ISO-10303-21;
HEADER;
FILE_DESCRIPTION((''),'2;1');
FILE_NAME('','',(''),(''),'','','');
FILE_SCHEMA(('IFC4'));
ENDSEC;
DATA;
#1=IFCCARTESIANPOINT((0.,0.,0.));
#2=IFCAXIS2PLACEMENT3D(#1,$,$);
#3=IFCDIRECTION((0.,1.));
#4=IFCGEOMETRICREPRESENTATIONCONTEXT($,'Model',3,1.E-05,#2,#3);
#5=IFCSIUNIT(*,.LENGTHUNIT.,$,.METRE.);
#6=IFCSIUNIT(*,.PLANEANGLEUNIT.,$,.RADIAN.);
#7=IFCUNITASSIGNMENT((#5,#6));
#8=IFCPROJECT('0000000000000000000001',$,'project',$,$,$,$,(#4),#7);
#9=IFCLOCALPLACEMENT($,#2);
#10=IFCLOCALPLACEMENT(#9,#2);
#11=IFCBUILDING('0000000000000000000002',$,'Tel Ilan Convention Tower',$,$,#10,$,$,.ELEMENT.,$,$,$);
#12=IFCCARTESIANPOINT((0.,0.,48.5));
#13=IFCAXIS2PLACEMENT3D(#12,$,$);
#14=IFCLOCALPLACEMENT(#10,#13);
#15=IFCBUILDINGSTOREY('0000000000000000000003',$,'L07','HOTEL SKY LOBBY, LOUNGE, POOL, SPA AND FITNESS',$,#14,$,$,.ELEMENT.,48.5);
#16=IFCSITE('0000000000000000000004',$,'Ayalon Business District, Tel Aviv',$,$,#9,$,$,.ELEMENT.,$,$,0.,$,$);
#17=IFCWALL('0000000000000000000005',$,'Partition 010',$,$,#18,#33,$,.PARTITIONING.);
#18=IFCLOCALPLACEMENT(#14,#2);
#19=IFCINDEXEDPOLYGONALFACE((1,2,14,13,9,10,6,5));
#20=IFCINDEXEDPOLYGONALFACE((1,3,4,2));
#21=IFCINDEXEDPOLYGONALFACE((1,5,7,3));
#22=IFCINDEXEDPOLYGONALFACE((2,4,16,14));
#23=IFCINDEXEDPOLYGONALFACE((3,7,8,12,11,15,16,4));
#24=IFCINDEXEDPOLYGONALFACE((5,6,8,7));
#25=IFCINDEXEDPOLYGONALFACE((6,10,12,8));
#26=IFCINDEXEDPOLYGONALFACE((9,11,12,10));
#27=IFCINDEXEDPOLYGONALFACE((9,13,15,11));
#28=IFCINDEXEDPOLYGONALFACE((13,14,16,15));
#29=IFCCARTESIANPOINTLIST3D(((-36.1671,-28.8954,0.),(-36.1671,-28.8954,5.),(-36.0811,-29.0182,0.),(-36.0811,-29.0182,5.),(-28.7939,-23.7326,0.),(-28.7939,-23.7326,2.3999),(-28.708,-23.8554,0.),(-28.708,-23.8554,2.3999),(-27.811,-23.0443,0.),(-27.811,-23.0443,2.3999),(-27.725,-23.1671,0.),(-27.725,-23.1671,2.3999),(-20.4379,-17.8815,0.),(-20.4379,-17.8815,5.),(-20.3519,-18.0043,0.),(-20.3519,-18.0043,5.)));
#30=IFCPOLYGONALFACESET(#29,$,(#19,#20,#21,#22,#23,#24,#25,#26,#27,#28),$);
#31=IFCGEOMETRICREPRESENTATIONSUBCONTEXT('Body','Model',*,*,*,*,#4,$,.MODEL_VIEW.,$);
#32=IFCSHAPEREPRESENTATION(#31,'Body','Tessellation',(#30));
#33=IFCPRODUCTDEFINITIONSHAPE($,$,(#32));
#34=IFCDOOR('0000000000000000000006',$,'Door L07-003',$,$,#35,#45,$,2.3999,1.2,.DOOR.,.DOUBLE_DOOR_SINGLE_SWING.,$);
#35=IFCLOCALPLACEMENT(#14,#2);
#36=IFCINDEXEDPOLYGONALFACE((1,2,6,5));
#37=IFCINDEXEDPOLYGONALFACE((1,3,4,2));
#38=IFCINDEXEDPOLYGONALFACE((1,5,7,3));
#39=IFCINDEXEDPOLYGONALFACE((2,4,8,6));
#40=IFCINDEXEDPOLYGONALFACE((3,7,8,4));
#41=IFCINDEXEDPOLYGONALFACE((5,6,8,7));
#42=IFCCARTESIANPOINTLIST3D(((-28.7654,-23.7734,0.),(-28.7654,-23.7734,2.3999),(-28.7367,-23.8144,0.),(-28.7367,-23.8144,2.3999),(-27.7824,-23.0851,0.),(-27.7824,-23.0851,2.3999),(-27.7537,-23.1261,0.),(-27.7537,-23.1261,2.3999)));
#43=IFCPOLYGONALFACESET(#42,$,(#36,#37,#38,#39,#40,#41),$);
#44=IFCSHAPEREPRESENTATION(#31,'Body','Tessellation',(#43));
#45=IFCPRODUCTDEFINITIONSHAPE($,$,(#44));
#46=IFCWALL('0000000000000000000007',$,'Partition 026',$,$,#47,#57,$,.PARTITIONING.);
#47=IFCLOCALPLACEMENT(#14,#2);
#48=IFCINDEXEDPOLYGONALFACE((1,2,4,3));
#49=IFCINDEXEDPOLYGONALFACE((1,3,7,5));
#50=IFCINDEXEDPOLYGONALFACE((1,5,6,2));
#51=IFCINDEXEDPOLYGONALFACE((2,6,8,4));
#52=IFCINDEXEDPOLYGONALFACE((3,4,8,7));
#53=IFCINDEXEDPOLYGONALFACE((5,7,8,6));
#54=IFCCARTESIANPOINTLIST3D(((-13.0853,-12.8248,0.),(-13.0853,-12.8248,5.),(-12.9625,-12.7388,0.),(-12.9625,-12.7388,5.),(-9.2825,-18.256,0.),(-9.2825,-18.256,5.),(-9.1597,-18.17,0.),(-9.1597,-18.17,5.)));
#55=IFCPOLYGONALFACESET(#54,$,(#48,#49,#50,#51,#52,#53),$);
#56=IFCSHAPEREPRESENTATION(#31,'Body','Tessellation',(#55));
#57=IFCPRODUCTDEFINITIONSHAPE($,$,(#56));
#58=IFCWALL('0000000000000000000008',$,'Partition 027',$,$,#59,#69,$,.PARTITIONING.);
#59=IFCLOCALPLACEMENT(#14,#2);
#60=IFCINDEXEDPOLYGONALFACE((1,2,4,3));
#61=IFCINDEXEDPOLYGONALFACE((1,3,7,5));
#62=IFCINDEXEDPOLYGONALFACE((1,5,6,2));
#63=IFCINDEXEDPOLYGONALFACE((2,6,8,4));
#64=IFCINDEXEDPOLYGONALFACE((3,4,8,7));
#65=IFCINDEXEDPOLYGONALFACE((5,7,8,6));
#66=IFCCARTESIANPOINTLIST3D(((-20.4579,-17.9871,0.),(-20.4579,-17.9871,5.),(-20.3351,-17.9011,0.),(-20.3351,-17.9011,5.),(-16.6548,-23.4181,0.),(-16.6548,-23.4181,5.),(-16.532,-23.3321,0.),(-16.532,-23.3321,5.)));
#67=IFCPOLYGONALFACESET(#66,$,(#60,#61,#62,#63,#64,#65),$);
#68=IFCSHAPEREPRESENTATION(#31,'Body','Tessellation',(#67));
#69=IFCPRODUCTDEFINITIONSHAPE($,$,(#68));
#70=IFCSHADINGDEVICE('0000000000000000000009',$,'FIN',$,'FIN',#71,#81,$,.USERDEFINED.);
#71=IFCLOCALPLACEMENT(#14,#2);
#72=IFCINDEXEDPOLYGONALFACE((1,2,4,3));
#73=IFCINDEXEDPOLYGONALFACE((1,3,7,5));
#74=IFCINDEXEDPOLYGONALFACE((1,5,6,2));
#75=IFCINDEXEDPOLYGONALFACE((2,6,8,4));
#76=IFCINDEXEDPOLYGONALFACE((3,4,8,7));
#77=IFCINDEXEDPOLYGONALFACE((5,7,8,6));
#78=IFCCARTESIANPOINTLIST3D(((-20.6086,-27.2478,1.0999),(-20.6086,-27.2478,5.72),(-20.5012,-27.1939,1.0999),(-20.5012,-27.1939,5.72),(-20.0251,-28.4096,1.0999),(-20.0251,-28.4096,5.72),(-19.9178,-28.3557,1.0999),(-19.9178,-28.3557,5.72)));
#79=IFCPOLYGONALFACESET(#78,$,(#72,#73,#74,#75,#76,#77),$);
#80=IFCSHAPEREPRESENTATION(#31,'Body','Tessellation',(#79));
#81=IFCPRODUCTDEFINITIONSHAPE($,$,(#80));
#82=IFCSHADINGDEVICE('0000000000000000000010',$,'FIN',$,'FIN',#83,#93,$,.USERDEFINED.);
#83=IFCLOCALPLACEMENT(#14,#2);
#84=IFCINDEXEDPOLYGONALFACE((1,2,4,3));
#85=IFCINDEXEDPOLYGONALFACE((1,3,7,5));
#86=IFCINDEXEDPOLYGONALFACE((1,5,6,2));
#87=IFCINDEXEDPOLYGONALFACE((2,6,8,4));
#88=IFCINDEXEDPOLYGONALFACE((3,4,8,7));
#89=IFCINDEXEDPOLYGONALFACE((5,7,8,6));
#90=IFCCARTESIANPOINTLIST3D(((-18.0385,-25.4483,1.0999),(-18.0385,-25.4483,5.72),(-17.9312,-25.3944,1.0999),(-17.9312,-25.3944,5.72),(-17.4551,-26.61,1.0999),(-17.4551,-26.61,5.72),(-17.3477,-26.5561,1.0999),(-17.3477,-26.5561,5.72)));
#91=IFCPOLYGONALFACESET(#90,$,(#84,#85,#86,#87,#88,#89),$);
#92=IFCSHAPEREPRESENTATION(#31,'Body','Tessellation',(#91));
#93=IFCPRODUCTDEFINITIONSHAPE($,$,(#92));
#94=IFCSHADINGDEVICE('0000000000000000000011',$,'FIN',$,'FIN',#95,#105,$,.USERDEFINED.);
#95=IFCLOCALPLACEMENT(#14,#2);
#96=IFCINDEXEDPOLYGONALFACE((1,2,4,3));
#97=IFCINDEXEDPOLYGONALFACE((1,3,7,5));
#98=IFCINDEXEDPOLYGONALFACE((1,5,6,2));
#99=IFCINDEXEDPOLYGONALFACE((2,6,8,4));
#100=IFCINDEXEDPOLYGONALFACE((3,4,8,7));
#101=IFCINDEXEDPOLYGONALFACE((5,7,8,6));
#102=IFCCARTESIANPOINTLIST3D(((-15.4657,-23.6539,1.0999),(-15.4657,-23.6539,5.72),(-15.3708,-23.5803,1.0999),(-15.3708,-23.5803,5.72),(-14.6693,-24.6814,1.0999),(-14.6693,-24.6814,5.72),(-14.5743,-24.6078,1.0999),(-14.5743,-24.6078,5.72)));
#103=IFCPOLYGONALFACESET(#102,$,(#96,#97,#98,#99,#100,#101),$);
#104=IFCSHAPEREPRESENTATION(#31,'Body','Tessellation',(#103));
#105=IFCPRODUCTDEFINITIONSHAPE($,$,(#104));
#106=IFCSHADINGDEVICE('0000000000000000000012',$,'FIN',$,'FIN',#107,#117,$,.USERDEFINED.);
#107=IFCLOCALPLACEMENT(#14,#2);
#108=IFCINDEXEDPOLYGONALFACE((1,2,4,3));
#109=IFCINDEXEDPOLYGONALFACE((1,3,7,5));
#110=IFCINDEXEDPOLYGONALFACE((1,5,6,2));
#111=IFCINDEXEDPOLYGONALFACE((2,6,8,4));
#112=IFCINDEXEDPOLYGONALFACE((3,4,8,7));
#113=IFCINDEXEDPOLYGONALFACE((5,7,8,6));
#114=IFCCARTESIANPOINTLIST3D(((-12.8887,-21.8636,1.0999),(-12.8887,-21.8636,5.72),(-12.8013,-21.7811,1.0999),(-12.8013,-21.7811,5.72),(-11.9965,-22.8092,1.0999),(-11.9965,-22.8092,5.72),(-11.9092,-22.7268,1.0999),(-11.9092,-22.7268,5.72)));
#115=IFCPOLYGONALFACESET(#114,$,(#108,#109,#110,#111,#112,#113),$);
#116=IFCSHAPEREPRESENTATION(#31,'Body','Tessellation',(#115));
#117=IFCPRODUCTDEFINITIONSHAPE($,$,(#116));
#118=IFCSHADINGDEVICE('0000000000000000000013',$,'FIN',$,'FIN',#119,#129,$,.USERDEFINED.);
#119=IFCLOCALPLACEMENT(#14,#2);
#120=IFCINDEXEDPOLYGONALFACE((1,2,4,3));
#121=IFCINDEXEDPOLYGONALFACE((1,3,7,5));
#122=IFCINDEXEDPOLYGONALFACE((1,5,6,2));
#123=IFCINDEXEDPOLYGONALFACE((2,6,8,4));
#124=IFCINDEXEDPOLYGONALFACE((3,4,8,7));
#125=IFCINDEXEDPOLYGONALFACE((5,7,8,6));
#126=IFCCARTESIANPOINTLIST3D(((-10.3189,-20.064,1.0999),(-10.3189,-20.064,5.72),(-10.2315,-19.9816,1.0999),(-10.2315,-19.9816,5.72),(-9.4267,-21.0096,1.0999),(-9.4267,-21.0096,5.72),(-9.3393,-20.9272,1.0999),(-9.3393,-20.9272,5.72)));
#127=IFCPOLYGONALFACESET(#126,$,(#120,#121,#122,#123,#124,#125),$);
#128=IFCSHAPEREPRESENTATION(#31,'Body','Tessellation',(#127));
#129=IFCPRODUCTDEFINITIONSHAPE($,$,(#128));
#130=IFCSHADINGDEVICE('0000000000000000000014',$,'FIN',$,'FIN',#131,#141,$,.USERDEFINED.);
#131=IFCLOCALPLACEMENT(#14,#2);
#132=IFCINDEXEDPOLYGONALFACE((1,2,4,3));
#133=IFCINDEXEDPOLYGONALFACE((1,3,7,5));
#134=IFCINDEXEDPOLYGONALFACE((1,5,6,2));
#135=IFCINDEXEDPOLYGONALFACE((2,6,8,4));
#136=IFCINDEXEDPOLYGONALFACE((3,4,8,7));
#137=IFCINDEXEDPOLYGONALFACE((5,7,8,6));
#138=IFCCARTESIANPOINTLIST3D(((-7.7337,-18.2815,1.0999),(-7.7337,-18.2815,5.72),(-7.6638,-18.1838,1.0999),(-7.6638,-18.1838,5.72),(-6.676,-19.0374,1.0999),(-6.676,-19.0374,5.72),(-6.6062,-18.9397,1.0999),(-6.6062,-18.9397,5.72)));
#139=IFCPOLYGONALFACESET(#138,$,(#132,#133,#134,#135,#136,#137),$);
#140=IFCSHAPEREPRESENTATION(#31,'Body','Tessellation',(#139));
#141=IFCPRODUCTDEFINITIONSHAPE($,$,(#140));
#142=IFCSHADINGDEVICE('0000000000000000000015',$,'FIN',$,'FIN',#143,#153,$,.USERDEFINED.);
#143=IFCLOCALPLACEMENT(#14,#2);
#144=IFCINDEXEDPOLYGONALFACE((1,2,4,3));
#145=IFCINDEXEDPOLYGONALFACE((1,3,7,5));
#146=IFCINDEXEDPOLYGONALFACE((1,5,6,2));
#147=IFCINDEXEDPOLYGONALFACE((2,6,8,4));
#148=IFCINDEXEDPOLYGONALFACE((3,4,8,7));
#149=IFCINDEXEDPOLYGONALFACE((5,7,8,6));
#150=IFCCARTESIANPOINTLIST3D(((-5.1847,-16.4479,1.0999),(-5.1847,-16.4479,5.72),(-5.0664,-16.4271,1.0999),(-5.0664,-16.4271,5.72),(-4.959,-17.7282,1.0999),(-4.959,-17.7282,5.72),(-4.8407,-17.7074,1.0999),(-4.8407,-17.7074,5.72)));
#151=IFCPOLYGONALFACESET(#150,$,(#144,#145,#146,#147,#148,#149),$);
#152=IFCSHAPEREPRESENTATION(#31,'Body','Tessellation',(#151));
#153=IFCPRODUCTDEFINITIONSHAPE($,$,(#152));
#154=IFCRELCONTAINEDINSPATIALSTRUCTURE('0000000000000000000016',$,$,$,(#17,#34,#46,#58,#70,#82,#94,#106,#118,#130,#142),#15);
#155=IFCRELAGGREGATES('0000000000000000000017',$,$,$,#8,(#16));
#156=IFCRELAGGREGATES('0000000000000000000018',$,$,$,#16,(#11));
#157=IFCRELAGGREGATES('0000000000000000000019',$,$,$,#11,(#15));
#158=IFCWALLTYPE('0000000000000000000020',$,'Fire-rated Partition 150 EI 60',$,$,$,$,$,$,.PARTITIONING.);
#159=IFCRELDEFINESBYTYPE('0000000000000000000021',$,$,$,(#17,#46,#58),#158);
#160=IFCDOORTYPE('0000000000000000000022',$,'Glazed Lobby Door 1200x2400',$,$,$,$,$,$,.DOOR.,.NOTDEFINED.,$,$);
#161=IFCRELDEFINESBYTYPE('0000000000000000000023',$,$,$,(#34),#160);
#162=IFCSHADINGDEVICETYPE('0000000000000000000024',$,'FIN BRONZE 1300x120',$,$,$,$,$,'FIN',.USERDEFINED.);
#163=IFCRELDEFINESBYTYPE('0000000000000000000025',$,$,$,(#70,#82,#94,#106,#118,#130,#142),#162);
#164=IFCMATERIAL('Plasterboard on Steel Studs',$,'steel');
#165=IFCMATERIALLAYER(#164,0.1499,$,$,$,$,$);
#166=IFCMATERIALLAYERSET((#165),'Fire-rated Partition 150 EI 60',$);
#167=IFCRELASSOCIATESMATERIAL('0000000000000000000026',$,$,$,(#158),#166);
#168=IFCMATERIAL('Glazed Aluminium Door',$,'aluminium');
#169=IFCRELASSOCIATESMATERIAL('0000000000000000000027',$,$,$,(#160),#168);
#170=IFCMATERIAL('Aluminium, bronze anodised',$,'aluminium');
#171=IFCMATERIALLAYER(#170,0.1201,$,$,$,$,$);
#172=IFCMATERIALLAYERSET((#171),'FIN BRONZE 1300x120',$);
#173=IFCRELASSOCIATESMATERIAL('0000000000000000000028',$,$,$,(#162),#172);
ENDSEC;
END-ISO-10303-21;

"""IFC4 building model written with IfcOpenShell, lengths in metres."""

from ifc_helpers import new_model, si_unit, direction, frame, frame_2d, origin, origin_2d, place, context, subcontext, project, spatial, rectangle, extrude, material, layer, layer_set, type_object, element, fill, save


model = new_model("IFC4")

# Units and contexts
model_context = context("Model", 3, precision=1e-05, world=origin(), true_north=direction((0.0, 1.0)))
body_context = subcontext(model_context, "Body", "Model", "MODEL_VIEW")
ifc_project = project(units=[si_unit("LENGTHUNIT", "METRE"), si_unit("PLANEANGLEUNIT", "RADIAN")], contexts=[model_context])

# Site, building, storey
site_placement = place(None, origin())
site = spatial("IfcSite", under=ifc_project, at=site_placement, Name="Ayalon Business District, Tel Aviv", CompositionType="ELEMENT", RefElevation=0.0)
building_placement = place(site_placement, origin())
building = spatial("IfcBuilding", under=site, at=building_placement, Name="Tel Ilan Convention Tower", CompositionType="ELEMENT")
storey_placement = place(building_placement, frame((0.0, 0.0, 48.5)))
storey = spatial("IfcBuildingStorey", under=building, at=storey_placement, Name="L07", Description="HOTEL SKY LOBBY, LOUNGE, POOL, SPA AND FITNESS", CompositionType="ELEMENT", Elevation=48.5)

# Wall, opening, door
ifc_material_1 = material(Name="Plasterboard on Steel Studs", Category="steel")
ifc_layer_1 = layer(ifc_material_1, 0.1499)
ifc_layer_set_1 = layer_set([ifc_layer_1], Name="Fire-rated Partition 150 EI 60")
wall_type_1 = type_object("IfcWallType", Name="Fire-rated Partition 150 EI 60", PredefinedType="PARTITIONING", material=ifc_layer_set_1)
wall_1_placement = place(storey_placement, frame((-20.3948, -17.9429, 0.0), z_axis=(0.0, 0.0, 1.0), x_axis=(-0.819148, -0.573583, 0.0)))
wall_1 = element("IfcWall", 1, at=wall_1_placement, inside=storey, type_object=wall_type_1, Name="Partition 010", PredefinedType="PARTITIONING", context=body_context, shape_type="SweptSolid", body=[
    extrude(rectangle(XDim=19.2019, YDim=0.1499, at=frame_2d((9.6011, 0.0))), origin(), (0.0, 0.0, 1.0), 5.0),
])
opening_1_placement = place(wall_1_placement, frame((9.001, 0.0, 0.0)))
opening_1 = element("IfcOpeningElement", 2, at=opening_1_placement, cuts=wall_1, PredefinedType="OPENING", context=body_context, shape_type="SweptSolid", body=[
    extrude(rectangle(XDim=1.2, YDim=2.3999, at=frame_2d((0.6001, 1.2))), frame((0.0, 0.085, 0.0), z_axis=(0.0, -1.0, 0.0), x_axis=(1.0, 0.0, 0.0)), (0.0, 0.0, 1.0), 0.1699),
])
ifc_material_2 = material(Name="Glazed Aluminium Door", Category="aluminium")
door_type_1 = type_object("IfcDoorType", Name="Glazed Lobby Door 1200x2400", OperationType="NOTDEFINED", PredefinedType="DOOR", material=ifc_material_2)
door_1_placement = place(opening_1_placement, origin())
door_1 = element("IfcDoor", 3, at=door_1_placement, inside=storey, type_object=door_type_1, Name="Door L07-003", OperationType="DOUBLE_DOOR_SINGLE_SWING", OverallHeight=2.3999, OverallWidth=1.2, PredefinedType="DOOR", context=body_context, shape_type="SweptSolid", body=[
    extrude(rectangle(XDim=1.2, YDim=2.3999, at=frame_2d((0.6001, 1.2))), frame((0.0, 0.0249, 0.0), z_axis=(0.0, -1.0, 0.0), x_axis=(1.0, 0.0, 0.0)), (0.0, 0.0, 1.0), 0.05),
])
fill(opening_1, door_1)

# Walls
for number, where, z_axis, x_axis, name in (
    (4, (-9.2212, -18.2129, 0.0), (0.0, 0.0, 1.0), (-0.573556, 0.819166, 0.0), "Partition 026"),
    (5, (-16.5935, -23.375, 0.0), (0.0, 0.0, 1.0), (-0.573598, 0.819137, 0.0), "Partition 027"),
):
    element("IfcWall", number, at=place(storey_placement, frame(where, z_axis=z_axis, x_axis=x_axis)), inside=storey, type_object=wall_type_1, Name=name, PredefinedType="PARTITIONING", context=body_context, shape_type="SweptSolid", body=[
        extrude(rectangle(XDim=6.6301, YDim=0.1499, at=frame_2d((3.3149, 0.0))), origin(), (0.0, 0.0, 1.0), 5.0),
    ])

# Shading devices
ifc_material_3 = material(Name="Aluminium, bronze anodised", Category="aluminium")
ifc_layer_2 = layer(ifc_material_3, 0.1201)
ifc_layer_set_2 = layer_set([ifc_layer_2], Name="FIN BRONZE 1300x120")
shading_device_type = type_object("IfcShadingDeviceType", Name="FIN BRONZE 1300x120", ElementType="FIN", PredefinedType="USERDEFINED", material=ifc_layer_set_2)
for number, where, z_axis, x_axis, name in (
    (6, (-20.2632, -27.8018, 1.0999), (0.0, 0.0, 1.0), (0.448799, -0.893633, 0.0), "FIN"),
    (7, (-17.6931, -26.0022, 1.0999), (0.0, 0.0, 1.0), (0.448799, -0.893633, 0.0), "FIN"),
    (8, (-15.02, -24.1309, 1.0999), (0.0, 0.0, 1.0), (0.612601, -0.790393, 0.0), "FIN"),
    (9, (-12.3989, -22.2952, 1.0999), (0.0, 0.0, 1.0), (0.686242, -0.727374, 0.0), "FIN"),
    (10, (-9.8291, -20.4956, 1.0999), (0.0, 0.0, 1.0), (0.686242, -0.727374, 0.0), "FIN"),
    (11, (-7.1699, -18.6106, 1.0999), (0.0, 0.0, 1.0), (0.813552, -0.581492, 0.0), "FIN"),
    (12, (-5.0127, -17.0776, 1.0999), (0.0, 0.0, 1.0), (0.173648, -0.984808, 0.0), "FIN"),
):
    element("IfcShadingDevice", number, at=place(storey_placement, frame(where, z_axis=z_axis, x_axis=x_axis)), inside=storey, type_object=shading_device_type, Name=name, ObjectType="FIN", PredefinedType="USERDEFINED", context=body_context, shape_type="SweptSolid", body=[
        extrude(rectangle(XDim=1.3, YDim=0.1201, at=origin_2d()), origin(), (0.0, 0.0, 1.0), 4.6201),
    ])

save(model, "model.ifc")
